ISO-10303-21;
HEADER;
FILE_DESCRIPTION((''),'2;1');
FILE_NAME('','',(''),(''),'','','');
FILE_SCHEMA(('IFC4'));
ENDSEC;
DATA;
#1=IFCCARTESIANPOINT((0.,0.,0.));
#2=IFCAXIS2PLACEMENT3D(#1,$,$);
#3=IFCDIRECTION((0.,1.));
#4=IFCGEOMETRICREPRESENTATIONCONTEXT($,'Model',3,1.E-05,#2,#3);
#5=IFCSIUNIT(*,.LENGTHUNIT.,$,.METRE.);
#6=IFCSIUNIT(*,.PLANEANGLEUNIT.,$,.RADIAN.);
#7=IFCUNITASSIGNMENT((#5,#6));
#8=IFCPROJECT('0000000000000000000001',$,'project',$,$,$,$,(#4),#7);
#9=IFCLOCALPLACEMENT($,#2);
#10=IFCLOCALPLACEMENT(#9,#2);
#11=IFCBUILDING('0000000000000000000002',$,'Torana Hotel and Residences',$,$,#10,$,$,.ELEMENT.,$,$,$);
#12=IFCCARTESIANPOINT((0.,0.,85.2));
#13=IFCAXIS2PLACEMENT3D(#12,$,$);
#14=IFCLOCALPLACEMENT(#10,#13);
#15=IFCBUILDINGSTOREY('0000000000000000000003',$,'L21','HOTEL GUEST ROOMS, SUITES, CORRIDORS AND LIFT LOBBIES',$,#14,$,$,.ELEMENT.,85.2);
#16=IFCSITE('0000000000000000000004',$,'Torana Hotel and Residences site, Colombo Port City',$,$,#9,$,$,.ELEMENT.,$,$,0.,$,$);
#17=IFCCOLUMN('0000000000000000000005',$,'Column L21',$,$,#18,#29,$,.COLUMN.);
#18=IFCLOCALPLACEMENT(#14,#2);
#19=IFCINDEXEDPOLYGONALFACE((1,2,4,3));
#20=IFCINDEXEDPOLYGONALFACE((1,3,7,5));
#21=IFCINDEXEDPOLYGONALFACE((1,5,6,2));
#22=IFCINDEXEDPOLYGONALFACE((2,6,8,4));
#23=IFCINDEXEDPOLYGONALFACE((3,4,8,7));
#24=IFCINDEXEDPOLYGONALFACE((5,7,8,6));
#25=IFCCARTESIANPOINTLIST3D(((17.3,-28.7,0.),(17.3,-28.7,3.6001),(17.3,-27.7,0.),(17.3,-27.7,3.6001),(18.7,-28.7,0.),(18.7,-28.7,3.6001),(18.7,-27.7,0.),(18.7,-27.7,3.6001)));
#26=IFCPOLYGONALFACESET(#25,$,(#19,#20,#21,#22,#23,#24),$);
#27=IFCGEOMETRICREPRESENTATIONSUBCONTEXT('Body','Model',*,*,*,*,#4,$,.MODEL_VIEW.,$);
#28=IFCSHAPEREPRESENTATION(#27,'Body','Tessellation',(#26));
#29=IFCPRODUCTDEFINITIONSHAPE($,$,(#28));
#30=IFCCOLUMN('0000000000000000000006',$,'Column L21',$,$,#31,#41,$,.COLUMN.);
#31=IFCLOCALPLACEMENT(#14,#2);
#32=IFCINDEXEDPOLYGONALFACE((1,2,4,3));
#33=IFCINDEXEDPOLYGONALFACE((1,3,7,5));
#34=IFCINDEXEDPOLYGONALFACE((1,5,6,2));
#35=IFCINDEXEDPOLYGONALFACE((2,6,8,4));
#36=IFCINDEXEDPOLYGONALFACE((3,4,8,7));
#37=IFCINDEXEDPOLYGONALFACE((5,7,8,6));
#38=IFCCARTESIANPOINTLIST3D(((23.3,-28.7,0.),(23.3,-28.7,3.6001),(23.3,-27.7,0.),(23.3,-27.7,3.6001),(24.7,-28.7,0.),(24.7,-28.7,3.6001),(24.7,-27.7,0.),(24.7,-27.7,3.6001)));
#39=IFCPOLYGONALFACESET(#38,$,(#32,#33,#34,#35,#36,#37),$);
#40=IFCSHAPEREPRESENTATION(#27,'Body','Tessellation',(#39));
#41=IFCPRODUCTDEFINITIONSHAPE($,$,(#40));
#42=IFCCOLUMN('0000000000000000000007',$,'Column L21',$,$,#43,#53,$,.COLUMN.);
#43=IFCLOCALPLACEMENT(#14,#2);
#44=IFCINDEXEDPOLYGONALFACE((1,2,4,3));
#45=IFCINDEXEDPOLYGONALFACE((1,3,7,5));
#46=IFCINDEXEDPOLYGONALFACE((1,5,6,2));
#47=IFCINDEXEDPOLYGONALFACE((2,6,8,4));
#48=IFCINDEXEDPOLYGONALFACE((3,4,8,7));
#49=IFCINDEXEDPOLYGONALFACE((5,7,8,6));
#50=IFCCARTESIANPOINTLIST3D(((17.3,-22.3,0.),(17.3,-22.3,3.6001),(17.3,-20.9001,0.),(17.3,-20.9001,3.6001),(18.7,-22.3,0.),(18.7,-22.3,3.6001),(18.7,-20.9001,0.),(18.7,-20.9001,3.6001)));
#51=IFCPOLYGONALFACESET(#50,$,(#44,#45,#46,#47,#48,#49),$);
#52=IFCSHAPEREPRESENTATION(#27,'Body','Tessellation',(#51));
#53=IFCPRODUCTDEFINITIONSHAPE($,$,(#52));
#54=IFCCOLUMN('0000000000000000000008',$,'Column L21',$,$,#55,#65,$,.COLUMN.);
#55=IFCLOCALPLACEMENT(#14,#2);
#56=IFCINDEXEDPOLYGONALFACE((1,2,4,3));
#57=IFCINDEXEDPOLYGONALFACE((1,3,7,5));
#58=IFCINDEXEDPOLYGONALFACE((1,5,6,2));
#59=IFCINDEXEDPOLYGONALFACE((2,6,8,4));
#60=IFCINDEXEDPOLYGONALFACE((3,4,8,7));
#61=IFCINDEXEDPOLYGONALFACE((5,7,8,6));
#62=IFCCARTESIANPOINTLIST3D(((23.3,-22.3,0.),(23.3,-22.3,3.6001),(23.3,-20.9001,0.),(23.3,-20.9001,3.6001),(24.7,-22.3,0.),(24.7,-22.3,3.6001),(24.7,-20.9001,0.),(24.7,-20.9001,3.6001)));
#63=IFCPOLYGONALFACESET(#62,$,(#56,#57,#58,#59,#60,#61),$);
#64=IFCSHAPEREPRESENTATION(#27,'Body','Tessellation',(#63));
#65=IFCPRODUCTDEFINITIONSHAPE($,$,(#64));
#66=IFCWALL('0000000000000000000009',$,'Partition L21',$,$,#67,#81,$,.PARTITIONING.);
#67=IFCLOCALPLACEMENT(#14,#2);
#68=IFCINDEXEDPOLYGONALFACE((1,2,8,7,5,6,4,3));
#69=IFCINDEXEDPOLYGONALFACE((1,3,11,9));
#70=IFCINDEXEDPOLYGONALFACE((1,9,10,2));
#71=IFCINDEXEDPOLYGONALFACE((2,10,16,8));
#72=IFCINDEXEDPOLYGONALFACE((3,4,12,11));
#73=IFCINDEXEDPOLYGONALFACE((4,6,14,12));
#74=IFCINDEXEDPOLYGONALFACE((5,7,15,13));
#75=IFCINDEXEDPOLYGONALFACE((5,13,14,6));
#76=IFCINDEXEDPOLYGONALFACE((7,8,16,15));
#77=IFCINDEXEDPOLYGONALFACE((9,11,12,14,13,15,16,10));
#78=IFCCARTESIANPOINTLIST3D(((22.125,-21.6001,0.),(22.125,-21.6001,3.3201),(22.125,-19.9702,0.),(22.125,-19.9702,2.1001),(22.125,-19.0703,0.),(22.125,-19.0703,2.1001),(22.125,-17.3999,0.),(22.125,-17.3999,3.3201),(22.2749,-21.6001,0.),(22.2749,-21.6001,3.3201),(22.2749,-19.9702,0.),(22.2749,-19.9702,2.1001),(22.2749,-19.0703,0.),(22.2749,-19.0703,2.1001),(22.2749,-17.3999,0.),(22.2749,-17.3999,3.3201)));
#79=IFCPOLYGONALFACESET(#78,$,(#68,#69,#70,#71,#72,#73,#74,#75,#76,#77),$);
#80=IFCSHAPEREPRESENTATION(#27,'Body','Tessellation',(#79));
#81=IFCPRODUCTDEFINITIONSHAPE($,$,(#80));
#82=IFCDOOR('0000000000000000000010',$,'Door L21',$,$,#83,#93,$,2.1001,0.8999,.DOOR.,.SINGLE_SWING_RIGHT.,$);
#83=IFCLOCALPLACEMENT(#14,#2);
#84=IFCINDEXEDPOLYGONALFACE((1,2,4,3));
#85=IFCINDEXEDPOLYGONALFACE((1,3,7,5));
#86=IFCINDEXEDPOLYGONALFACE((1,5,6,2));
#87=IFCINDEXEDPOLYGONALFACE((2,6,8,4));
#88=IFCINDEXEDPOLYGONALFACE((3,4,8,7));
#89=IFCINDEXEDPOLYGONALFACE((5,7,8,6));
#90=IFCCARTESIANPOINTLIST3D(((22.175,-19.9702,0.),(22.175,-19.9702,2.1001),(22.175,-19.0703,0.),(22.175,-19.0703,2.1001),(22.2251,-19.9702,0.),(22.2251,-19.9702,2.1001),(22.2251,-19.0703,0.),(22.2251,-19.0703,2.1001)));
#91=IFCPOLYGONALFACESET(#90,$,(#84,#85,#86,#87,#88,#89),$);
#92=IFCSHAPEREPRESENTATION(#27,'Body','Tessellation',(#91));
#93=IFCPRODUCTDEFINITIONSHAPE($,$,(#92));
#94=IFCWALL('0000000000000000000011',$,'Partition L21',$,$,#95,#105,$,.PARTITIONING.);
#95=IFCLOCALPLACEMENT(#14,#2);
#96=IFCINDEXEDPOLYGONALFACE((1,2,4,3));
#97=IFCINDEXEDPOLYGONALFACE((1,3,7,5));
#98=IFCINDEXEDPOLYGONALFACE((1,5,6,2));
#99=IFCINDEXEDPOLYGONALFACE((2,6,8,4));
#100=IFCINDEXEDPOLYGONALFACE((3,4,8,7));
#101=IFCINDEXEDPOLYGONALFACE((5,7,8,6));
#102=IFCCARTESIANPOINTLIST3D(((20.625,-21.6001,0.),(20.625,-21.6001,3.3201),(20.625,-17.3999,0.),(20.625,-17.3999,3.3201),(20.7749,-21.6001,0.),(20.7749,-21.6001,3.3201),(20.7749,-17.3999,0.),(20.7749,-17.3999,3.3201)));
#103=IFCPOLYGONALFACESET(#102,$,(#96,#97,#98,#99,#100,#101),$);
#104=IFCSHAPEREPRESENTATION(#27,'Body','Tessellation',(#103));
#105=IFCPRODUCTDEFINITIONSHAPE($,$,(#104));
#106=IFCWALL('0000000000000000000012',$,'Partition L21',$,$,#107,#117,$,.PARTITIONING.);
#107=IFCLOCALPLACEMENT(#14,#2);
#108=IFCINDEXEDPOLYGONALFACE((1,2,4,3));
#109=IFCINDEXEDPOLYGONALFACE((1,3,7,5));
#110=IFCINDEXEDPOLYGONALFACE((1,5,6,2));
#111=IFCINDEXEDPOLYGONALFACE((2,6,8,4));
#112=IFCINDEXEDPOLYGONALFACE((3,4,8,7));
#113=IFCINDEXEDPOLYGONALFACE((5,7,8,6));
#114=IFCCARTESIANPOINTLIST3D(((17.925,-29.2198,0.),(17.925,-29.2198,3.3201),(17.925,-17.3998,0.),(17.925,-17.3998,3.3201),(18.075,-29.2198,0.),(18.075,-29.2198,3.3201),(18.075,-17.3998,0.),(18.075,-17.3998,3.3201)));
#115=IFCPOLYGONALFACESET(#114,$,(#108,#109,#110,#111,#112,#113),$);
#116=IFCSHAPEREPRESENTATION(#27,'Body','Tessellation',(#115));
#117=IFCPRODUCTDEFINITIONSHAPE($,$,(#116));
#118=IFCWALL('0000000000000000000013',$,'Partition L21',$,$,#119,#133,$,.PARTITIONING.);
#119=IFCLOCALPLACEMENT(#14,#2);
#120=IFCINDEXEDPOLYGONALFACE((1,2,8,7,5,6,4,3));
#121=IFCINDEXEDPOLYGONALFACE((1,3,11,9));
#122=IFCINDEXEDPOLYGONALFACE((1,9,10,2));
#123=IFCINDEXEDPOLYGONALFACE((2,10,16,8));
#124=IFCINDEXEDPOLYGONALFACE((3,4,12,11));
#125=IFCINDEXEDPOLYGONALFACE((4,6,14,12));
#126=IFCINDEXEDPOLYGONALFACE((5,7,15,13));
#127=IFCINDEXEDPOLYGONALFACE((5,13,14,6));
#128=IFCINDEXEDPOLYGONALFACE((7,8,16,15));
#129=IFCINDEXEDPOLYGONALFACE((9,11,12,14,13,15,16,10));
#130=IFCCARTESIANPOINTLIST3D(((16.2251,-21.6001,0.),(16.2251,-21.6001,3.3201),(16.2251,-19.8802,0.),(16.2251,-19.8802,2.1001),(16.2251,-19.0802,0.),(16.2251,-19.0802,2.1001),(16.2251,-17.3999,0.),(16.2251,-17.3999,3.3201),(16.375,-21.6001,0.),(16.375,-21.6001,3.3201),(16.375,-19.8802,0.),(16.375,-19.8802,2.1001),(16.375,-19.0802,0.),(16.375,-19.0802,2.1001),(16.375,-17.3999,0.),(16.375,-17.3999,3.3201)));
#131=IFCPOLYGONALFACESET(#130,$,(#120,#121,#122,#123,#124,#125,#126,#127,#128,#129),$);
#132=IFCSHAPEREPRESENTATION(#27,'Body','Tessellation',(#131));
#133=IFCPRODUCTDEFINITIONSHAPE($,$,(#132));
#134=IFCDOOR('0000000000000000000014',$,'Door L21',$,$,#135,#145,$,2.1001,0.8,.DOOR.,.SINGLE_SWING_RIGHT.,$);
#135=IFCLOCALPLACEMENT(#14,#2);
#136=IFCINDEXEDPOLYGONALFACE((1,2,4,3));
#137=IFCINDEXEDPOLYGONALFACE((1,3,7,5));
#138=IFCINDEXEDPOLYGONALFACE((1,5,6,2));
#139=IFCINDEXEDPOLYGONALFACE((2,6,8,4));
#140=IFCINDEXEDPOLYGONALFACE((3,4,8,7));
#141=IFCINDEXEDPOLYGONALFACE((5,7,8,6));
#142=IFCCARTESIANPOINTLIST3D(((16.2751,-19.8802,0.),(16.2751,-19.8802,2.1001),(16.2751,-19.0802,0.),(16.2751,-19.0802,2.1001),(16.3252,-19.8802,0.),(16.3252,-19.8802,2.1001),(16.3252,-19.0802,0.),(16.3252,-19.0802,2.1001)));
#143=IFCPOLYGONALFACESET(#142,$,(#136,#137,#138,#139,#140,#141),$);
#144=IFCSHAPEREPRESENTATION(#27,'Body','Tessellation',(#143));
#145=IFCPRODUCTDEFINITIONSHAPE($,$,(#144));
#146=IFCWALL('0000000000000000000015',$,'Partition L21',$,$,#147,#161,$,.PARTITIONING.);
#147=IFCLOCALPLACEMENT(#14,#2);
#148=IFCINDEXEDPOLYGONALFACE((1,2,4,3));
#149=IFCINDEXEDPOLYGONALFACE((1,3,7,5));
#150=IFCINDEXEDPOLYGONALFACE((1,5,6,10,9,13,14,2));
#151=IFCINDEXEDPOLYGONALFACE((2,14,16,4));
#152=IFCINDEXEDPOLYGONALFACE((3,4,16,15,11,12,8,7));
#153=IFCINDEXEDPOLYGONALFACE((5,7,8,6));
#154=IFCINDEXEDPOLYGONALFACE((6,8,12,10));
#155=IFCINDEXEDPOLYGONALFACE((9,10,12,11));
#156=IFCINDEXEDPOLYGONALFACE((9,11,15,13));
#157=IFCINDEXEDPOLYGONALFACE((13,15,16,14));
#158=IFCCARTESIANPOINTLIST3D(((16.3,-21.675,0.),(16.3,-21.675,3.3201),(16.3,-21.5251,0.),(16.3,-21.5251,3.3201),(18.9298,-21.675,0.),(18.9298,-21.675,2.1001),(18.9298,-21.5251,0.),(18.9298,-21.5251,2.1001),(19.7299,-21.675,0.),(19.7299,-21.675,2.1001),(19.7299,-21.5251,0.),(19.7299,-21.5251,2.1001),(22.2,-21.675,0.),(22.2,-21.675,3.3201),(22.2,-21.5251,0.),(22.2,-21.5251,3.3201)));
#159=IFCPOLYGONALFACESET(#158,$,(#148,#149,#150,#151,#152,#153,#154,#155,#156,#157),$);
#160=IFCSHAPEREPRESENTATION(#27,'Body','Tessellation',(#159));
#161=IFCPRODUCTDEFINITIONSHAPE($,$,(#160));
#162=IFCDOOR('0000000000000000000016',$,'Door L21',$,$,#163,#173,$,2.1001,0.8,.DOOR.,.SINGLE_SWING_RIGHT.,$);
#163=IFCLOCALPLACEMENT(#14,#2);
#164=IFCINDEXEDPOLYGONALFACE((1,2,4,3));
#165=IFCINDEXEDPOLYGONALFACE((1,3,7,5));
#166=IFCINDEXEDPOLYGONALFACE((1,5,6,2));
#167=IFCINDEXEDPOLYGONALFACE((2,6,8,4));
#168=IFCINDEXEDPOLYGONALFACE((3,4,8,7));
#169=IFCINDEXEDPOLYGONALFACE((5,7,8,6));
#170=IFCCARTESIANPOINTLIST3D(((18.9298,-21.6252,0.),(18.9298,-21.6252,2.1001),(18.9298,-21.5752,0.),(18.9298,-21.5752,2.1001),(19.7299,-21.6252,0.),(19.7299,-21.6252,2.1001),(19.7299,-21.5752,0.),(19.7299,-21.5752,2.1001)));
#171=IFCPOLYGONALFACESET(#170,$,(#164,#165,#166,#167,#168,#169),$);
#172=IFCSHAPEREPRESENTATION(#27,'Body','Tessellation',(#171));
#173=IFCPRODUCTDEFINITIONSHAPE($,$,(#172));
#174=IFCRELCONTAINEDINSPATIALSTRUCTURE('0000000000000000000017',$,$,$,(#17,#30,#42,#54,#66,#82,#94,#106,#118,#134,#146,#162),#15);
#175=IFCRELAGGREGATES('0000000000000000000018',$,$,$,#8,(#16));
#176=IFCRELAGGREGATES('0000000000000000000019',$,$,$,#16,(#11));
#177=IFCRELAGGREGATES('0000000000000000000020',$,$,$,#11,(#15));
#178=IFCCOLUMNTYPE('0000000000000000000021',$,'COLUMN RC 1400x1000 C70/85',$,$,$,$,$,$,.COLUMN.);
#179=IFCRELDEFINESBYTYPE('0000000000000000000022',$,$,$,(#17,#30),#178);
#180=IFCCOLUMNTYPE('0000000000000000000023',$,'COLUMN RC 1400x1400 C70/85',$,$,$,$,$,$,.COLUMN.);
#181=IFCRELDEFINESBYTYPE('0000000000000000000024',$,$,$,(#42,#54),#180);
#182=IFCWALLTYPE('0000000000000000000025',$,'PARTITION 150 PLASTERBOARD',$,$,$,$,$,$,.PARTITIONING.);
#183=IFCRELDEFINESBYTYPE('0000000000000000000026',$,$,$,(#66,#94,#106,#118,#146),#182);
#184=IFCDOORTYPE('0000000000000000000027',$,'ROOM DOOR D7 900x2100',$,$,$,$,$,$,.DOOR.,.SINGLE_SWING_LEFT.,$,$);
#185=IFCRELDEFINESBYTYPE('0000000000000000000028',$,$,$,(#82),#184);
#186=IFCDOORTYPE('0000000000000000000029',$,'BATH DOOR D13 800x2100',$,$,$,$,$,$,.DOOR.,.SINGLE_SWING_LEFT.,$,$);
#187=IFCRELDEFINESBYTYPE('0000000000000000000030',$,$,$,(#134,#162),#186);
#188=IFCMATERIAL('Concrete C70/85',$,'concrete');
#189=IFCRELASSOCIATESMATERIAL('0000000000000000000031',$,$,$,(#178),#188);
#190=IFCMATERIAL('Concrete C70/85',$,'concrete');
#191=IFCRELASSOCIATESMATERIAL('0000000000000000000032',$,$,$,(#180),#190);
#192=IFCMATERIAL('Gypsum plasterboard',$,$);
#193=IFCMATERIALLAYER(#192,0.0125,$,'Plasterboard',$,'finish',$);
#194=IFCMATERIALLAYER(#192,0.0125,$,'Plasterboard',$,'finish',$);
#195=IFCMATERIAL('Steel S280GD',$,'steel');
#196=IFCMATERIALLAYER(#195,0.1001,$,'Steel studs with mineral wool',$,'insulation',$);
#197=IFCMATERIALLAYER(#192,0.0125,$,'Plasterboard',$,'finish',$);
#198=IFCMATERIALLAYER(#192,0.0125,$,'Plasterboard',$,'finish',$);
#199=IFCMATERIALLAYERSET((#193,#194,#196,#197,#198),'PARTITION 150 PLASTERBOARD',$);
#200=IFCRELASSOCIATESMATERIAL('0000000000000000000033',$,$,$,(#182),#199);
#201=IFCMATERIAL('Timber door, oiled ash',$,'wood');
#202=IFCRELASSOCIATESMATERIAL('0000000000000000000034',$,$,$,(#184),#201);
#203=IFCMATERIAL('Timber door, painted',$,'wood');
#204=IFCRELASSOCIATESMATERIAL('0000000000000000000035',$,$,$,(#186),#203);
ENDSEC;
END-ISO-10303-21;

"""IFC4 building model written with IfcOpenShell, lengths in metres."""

from ifc_helpers import new_model, si_unit, direction, frame, frame_2d, origin, origin_2d, place, context, subcontext, project, spatial, rectangle, extrude, material, layer, layer_set, material_profile, profile_set, type_object, element, fill, save


model = new_model("IFC4")

# Units and contexts
model_context = context("Model", 3, precision=1e-05, world=origin(), true_north=direction((0.0, 1.0)))
body_context = subcontext(model_context, "Body", "Model", "MODEL_VIEW")
ifc_project = project(units=[si_unit("LENGTHUNIT", "METRE"), si_unit("PLANEANGLEUNIT", "RADIAN")], contexts=[model_context])

# Site, building, storey
site_placement = place(None, origin())
site = spatial("IfcSite", under=ifc_project, at=site_placement, Name="Torana Hotel and Residences site, Colombo Port City", CompositionType="ELEMENT", RefElevation=0.0)
building_placement = place(site_placement, origin())
building = spatial("IfcBuilding", under=site, at=building_placement, Name="Torana Hotel and Residences", CompositionType="ELEMENT")
storey_placement = place(building_placement, frame((0.0, 0.0, 85.2)))
storey = spatial("IfcBuildingStorey", under=building, at=storey_placement, Name="L21", Description="HOTEL GUEST ROOMS, SUITES, CORRIDORS AND LIFT LOBBIES", CompositionType="ELEMENT", Elevation=85.2)

# Columns
ifc_material_1 = material(Name="Concrete C70/85", Category="concrete")
ifc_material_profile_1 = material_profile(ifc_material_1, rectangle(XDim=1.3999, YDim=1.0, at=origin_2d()), Name="RC 1400x1000")
ifc_profile_set_1 = profile_set([ifc_material_profile_1], Name="Concrete C70/85")
column_type_1 = type_object("IfcColumnType", Name="COLUMN RC 1400x1000 C70/85", PredefinedType="COLUMN", material=ifc_profile_set_1)
for number, where, z_axis, x_axis, name in (
    (1, (18.0, -28.2, 0.0), (0.0, 0.0, 1.0), (1.0, 0.0, 0.0), "Column L21"),
    (2, (24.0, -28.2, 0.0), (0.0, 0.0, 1.0), (1.0, 0.0, 0.0), "Column L21"),
):
    element("IfcColumn", number, at=place(storey_placement, frame(where, z_axis=z_axis, x_axis=x_axis)), inside=storey, type_object=column_type_1, Name=name, PredefinedType="COLUMN", context=body_context, shape_type="SweptSolid", body=[
        extrude(rectangle(XDim=1.3999, YDim=1.0, at=origin_2d()), origin(), (0.0, 0.0, 1.0), 3.6001),
    ])
ifc_material_2 = material(Name="Concrete C70/85", Category="concrete")
ifc_material_profile_2 = material_profile(ifc_material_2, rectangle(XDim=1.3999, YDim=1.3999, at=origin_2d()), Name="RC 1400x1400")
ifc_profile_set_2 = profile_set([ifc_material_profile_2], Name="Concrete C70/85")
column_type_2 = type_object("IfcColumnType", Name="COLUMN RC 1400x1400 C70/85", PredefinedType="COLUMN", material=ifc_profile_set_2)
for number, where, z_axis, x_axis, name in (
    (3, (18.0, -21.6001, 0.0), (0.0, 0.0, 1.0), (1.0, 0.0, 0.0), "Column L21"),
    (4, (24.0, -21.6001, 0.0), (0.0, 0.0, 1.0), (1.0, 0.0, 0.0), "Column L21"),
):
    element("IfcColumn", number, at=place(storey_placement, frame(where, z_axis=z_axis, x_axis=x_axis)), inside=storey, type_object=column_type_2, Name=name, PredefinedType="COLUMN", context=body_context, shape_type="SweptSolid", body=[
        extrude(rectangle(XDim=1.3999, YDim=1.3999, at=origin_2d()), origin(), (0.0, 0.0, 1.0), 3.6001),
    ])

# Wall, opening, door
ifc_material_3 = material(Name="Gypsum plasterboard")
ifc_layer_1 = layer(ifc_material_3, 0.0125, Name="Plasterboard", Category="finish")
ifc_layer_2 = layer(ifc_material_3, 0.0125, Name="Plasterboard", Category="finish")
ifc_material_4 = material(Name="Steel S280GD", Category="steel")
ifc_layer_3 = layer(ifc_material_4, 0.1001, Name="Steel studs with mineral wool", Category="insulation")
ifc_layer_4 = layer(ifc_material_3, 0.0125, Name="Plasterboard", Category="finish")
ifc_layer_5 = layer(ifc_material_3, 0.0125, Name="Plasterboard", Category="finish")
ifc_layer_set_1 = layer_set([ifc_layer_1, ifc_layer_2, ifc_layer_3, ifc_layer_4, ifc_layer_5], Name="PARTITION 150 PLASTERBOARD")
wall_type_1 = type_object("IfcWallType", Name="PARTITION 150 PLASTERBOARD", PredefinedType="PARTITIONING", material=ifc_layer_set_1)
wall_1_placement = place(storey_placement, frame((22.2, -21.6001, 0.0), z_axis=(0.0, 0.0, 1.0), x_axis=(0.0, 1.0, 0.0)))
wall_1 = element("IfcWall", 5, at=wall_1_placement, inside=storey, type_object=wall_type_1, Name="Partition L21", PredefinedType="PARTITIONING", context=body_context, shape_type="SweptSolid", body=[
    extrude(rectangle(XDim=4.2002, YDim=0.1499, at=frame_2d((2.1001, 0.0))), origin(), (0.0, 0.0, 1.0), 3.3201),
])
opening_1_placement = place(wall_1_placement, frame((1.6299, 0.0, 0.0)))
opening_1 = element("IfcOpeningElement", 6, at=opening_1_placement, cuts=wall_1, PredefinedType="OPENING", context=body_context, shape_type="SweptSolid", body=[
    extrude(rectangle(XDim=0.8999, YDim=2.1001, at=frame_2d((0.45, 1.05))), frame((0.0, 0.085, 0.0), z_axis=(0.0, -1.0, 0.0), x_axis=(1.0, 0.0, 0.0)), (0.0, 0.0, 1.0), 0.1699),
])
ifc_material_5 = material(Name="Timber door, oiled ash", Category="wood")
door_type_1 = type_object("IfcDoorType", Name="ROOM DOOR D7 900x2100", OperationType="SINGLE_SWING_LEFT", PredefinedType="DOOR", material=ifc_material_5)
door_1_placement = place(opening_1_placement, origin())
door_1 = element("IfcDoor", 7, at=door_1_placement, inside=storey, type_object=door_type_1, Name="Door L21", OperationType="SINGLE_SWING_RIGHT", OverallHeight=2.1001, OverallWidth=0.8999, PredefinedType="DOOR", context=body_context, shape_type="SweptSolid", body=[
    extrude(rectangle(XDim=0.8999, YDim=2.1001, at=frame_2d((0.45, 1.05))), frame((0.0, 0.0249, 0.0), z_axis=(0.0, -1.0, 0.0), x_axis=(1.0, 0.0, 0.0)), (0.0, 0.0, 1.0), 0.05),
])
fill(opening_1, door_1)

# Walls
wall_2_placement = place(storey_placement, frame((20.7, -21.6001, 0.0), z_axis=(0.0, 0.0, 1.0), x_axis=(0.0, 1.0, 0.0)))
element("IfcWall", 8, at=wall_2_placement, inside=storey, type_object=wall_type_1, Name="Partition L21", PredefinedType="PARTITIONING", context=body_context, shape_type="SweptSolid", body=[
    extrude(rectangle(XDim=4.2002, YDim=0.1499, at=frame_2d((2.1001, 0.0))), origin(), (0.0, 0.0, 1.0), 3.3201),
])
wall_3_placement = place(storey_placement, frame((18.0, -29.22, 0.0), z_axis=(0.0, 0.0, 1.0), x_axis=(0.0, 1.0, 0.0)))
element("IfcWall", 9, at=wall_3_placement, inside=storey, type_object=wall_type_1, Name="Partition L21", PredefinedType="PARTITIONING", context=body_context, shape_type="SweptSolid", body=[
    extrude(rectangle(XDim=11.8201, YDim=0.1499, at=frame_2d((5.9102, 0.0))), origin(), (0.0, 0.0, 1.0), 3.3201),
])

# Walls, openings, doors
wall_4_placement = place(storey_placement, frame((16.3, -21.6001, 0.0), z_axis=(0.0, 0.0, 1.0), x_axis=(0.0, 1.0, 0.0)))
wall_4 = element("IfcWall", 10, at=wall_4_placement, inside=storey, type_object=wall_type_1, Name="Partition L21", PredefinedType="PARTITIONING", context=body_context, shape_type="SweptSolid", body=[
    extrude(rectangle(XDim=4.2002, YDim=0.1499, at=frame_2d((2.1001, 0.0))), origin(), (0.0, 0.0, 1.0), 3.3201),
])
opening_2_placement = place(wall_4_placement, frame((1.72, 0.0, 0.0)))
opening_2 = element("IfcOpeningElement", 11, at=opening_2_placement, cuts=wall_4, PredefinedType="OPENING", context=body_context, shape_type="SweptSolid", body=[
    extrude(rectangle(XDim=0.8, YDim=2.1001, at=frame_2d((0.3999, 1.05))), frame((0.0, 0.085, 0.0), z_axis=(0.0, -1.0, 0.0), x_axis=(1.0, 0.0, 0.0)), (0.0, 0.0, 1.0), 0.1699),
])
ifc_material_6 = material(Name="Timber door, painted", Category="wood")
door_type_2 = type_object("IfcDoorType", Name="BATH DOOR D13 800x2100", OperationType="SINGLE_SWING_LEFT", PredefinedType="DOOR", material=ifc_material_6)
door_2_placement = place(opening_2_placement, origin())
door_2 = element("IfcDoor", 12, at=door_2_placement, inside=storey, type_object=door_type_2, Name="Door L21", OperationType="SINGLE_SWING_RIGHT", OverallHeight=2.1001, OverallWidth=0.8, PredefinedType="DOOR", context=body_context, shape_type="SweptSolid", body=[
    extrude(rectangle(XDim=0.8, YDim=2.1001, at=frame_2d((0.3999, 1.05))), frame((0.0, 0.0249, 0.0), z_axis=(0.0, -1.0, 0.0), x_axis=(1.0, 0.0, 0.0)), (0.0, 0.0, 1.0), 0.05),
])
fill(opening_2, door_2)
wall_5_placement = place(storey_placement, frame((16.3, -21.6001, 0.0), z_axis=(0.0, 0.0, 1.0), x_axis=(1.0, 0.0, 0.0)))
wall_5 = element("IfcWall", 13, at=wall_5_placement, inside=storey, type_object=wall_type_1, Name="Partition L21", PredefinedType="PARTITIONING", context=body_context, shape_type="SweptSolid", body=[
    extrude(rectangle(XDim=5.8999, YDim=0.1499, at=frame_2d((2.95, 0.0))), origin(), (0.0, 0.0, 1.0), 3.3201),
])
opening_3_placement = place(wall_5_placement, frame((2.6299, 0.0, 0.0)))
opening_3 = element("IfcOpeningElement", 14, at=opening_3_placement, cuts=wall_5, PredefinedType="OPENING", context=body_context, shape_type="SweptSolid", body=[
    extrude(rectangle(XDim=0.8, YDim=2.1001, at=frame_2d((0.3999, 1.05))), frame((0.0, 0.085, 0.0), z_axis=(0.0, -1.0, 0.0), x_axis=(1.0, 0.0, 0.0)), (0.0, 0.0, 1.0), 0.1699),
])
door_3_placement = place(opening_3_placement, origin())
door_3 = element("IfcDoor", 15, at=door_3_placement, inside=storey, type_object=door_type_2, Name="Door L21", OperationType="SINGLE_SWING_RIGHT", OverallHeight=2.1001, OverallWidth=0.8, PredefinedType="DOOR", context=body_context, shape_type="SweptSolid", body=[
    extrude(rectangle(XDim=0.8, YDim=2.1001, at=frame_2d((0.3999, 1.05))), frame((0.0, 0.0249, 0.0), z_axis=(0.0, -1.0, 0.0), x_axis=(1.0, 0.0, 0.0)), (0.0, 0.0, 1.0), 0.05),
])
fill(opening_3, door_3)

save(model, "model.ifc")
